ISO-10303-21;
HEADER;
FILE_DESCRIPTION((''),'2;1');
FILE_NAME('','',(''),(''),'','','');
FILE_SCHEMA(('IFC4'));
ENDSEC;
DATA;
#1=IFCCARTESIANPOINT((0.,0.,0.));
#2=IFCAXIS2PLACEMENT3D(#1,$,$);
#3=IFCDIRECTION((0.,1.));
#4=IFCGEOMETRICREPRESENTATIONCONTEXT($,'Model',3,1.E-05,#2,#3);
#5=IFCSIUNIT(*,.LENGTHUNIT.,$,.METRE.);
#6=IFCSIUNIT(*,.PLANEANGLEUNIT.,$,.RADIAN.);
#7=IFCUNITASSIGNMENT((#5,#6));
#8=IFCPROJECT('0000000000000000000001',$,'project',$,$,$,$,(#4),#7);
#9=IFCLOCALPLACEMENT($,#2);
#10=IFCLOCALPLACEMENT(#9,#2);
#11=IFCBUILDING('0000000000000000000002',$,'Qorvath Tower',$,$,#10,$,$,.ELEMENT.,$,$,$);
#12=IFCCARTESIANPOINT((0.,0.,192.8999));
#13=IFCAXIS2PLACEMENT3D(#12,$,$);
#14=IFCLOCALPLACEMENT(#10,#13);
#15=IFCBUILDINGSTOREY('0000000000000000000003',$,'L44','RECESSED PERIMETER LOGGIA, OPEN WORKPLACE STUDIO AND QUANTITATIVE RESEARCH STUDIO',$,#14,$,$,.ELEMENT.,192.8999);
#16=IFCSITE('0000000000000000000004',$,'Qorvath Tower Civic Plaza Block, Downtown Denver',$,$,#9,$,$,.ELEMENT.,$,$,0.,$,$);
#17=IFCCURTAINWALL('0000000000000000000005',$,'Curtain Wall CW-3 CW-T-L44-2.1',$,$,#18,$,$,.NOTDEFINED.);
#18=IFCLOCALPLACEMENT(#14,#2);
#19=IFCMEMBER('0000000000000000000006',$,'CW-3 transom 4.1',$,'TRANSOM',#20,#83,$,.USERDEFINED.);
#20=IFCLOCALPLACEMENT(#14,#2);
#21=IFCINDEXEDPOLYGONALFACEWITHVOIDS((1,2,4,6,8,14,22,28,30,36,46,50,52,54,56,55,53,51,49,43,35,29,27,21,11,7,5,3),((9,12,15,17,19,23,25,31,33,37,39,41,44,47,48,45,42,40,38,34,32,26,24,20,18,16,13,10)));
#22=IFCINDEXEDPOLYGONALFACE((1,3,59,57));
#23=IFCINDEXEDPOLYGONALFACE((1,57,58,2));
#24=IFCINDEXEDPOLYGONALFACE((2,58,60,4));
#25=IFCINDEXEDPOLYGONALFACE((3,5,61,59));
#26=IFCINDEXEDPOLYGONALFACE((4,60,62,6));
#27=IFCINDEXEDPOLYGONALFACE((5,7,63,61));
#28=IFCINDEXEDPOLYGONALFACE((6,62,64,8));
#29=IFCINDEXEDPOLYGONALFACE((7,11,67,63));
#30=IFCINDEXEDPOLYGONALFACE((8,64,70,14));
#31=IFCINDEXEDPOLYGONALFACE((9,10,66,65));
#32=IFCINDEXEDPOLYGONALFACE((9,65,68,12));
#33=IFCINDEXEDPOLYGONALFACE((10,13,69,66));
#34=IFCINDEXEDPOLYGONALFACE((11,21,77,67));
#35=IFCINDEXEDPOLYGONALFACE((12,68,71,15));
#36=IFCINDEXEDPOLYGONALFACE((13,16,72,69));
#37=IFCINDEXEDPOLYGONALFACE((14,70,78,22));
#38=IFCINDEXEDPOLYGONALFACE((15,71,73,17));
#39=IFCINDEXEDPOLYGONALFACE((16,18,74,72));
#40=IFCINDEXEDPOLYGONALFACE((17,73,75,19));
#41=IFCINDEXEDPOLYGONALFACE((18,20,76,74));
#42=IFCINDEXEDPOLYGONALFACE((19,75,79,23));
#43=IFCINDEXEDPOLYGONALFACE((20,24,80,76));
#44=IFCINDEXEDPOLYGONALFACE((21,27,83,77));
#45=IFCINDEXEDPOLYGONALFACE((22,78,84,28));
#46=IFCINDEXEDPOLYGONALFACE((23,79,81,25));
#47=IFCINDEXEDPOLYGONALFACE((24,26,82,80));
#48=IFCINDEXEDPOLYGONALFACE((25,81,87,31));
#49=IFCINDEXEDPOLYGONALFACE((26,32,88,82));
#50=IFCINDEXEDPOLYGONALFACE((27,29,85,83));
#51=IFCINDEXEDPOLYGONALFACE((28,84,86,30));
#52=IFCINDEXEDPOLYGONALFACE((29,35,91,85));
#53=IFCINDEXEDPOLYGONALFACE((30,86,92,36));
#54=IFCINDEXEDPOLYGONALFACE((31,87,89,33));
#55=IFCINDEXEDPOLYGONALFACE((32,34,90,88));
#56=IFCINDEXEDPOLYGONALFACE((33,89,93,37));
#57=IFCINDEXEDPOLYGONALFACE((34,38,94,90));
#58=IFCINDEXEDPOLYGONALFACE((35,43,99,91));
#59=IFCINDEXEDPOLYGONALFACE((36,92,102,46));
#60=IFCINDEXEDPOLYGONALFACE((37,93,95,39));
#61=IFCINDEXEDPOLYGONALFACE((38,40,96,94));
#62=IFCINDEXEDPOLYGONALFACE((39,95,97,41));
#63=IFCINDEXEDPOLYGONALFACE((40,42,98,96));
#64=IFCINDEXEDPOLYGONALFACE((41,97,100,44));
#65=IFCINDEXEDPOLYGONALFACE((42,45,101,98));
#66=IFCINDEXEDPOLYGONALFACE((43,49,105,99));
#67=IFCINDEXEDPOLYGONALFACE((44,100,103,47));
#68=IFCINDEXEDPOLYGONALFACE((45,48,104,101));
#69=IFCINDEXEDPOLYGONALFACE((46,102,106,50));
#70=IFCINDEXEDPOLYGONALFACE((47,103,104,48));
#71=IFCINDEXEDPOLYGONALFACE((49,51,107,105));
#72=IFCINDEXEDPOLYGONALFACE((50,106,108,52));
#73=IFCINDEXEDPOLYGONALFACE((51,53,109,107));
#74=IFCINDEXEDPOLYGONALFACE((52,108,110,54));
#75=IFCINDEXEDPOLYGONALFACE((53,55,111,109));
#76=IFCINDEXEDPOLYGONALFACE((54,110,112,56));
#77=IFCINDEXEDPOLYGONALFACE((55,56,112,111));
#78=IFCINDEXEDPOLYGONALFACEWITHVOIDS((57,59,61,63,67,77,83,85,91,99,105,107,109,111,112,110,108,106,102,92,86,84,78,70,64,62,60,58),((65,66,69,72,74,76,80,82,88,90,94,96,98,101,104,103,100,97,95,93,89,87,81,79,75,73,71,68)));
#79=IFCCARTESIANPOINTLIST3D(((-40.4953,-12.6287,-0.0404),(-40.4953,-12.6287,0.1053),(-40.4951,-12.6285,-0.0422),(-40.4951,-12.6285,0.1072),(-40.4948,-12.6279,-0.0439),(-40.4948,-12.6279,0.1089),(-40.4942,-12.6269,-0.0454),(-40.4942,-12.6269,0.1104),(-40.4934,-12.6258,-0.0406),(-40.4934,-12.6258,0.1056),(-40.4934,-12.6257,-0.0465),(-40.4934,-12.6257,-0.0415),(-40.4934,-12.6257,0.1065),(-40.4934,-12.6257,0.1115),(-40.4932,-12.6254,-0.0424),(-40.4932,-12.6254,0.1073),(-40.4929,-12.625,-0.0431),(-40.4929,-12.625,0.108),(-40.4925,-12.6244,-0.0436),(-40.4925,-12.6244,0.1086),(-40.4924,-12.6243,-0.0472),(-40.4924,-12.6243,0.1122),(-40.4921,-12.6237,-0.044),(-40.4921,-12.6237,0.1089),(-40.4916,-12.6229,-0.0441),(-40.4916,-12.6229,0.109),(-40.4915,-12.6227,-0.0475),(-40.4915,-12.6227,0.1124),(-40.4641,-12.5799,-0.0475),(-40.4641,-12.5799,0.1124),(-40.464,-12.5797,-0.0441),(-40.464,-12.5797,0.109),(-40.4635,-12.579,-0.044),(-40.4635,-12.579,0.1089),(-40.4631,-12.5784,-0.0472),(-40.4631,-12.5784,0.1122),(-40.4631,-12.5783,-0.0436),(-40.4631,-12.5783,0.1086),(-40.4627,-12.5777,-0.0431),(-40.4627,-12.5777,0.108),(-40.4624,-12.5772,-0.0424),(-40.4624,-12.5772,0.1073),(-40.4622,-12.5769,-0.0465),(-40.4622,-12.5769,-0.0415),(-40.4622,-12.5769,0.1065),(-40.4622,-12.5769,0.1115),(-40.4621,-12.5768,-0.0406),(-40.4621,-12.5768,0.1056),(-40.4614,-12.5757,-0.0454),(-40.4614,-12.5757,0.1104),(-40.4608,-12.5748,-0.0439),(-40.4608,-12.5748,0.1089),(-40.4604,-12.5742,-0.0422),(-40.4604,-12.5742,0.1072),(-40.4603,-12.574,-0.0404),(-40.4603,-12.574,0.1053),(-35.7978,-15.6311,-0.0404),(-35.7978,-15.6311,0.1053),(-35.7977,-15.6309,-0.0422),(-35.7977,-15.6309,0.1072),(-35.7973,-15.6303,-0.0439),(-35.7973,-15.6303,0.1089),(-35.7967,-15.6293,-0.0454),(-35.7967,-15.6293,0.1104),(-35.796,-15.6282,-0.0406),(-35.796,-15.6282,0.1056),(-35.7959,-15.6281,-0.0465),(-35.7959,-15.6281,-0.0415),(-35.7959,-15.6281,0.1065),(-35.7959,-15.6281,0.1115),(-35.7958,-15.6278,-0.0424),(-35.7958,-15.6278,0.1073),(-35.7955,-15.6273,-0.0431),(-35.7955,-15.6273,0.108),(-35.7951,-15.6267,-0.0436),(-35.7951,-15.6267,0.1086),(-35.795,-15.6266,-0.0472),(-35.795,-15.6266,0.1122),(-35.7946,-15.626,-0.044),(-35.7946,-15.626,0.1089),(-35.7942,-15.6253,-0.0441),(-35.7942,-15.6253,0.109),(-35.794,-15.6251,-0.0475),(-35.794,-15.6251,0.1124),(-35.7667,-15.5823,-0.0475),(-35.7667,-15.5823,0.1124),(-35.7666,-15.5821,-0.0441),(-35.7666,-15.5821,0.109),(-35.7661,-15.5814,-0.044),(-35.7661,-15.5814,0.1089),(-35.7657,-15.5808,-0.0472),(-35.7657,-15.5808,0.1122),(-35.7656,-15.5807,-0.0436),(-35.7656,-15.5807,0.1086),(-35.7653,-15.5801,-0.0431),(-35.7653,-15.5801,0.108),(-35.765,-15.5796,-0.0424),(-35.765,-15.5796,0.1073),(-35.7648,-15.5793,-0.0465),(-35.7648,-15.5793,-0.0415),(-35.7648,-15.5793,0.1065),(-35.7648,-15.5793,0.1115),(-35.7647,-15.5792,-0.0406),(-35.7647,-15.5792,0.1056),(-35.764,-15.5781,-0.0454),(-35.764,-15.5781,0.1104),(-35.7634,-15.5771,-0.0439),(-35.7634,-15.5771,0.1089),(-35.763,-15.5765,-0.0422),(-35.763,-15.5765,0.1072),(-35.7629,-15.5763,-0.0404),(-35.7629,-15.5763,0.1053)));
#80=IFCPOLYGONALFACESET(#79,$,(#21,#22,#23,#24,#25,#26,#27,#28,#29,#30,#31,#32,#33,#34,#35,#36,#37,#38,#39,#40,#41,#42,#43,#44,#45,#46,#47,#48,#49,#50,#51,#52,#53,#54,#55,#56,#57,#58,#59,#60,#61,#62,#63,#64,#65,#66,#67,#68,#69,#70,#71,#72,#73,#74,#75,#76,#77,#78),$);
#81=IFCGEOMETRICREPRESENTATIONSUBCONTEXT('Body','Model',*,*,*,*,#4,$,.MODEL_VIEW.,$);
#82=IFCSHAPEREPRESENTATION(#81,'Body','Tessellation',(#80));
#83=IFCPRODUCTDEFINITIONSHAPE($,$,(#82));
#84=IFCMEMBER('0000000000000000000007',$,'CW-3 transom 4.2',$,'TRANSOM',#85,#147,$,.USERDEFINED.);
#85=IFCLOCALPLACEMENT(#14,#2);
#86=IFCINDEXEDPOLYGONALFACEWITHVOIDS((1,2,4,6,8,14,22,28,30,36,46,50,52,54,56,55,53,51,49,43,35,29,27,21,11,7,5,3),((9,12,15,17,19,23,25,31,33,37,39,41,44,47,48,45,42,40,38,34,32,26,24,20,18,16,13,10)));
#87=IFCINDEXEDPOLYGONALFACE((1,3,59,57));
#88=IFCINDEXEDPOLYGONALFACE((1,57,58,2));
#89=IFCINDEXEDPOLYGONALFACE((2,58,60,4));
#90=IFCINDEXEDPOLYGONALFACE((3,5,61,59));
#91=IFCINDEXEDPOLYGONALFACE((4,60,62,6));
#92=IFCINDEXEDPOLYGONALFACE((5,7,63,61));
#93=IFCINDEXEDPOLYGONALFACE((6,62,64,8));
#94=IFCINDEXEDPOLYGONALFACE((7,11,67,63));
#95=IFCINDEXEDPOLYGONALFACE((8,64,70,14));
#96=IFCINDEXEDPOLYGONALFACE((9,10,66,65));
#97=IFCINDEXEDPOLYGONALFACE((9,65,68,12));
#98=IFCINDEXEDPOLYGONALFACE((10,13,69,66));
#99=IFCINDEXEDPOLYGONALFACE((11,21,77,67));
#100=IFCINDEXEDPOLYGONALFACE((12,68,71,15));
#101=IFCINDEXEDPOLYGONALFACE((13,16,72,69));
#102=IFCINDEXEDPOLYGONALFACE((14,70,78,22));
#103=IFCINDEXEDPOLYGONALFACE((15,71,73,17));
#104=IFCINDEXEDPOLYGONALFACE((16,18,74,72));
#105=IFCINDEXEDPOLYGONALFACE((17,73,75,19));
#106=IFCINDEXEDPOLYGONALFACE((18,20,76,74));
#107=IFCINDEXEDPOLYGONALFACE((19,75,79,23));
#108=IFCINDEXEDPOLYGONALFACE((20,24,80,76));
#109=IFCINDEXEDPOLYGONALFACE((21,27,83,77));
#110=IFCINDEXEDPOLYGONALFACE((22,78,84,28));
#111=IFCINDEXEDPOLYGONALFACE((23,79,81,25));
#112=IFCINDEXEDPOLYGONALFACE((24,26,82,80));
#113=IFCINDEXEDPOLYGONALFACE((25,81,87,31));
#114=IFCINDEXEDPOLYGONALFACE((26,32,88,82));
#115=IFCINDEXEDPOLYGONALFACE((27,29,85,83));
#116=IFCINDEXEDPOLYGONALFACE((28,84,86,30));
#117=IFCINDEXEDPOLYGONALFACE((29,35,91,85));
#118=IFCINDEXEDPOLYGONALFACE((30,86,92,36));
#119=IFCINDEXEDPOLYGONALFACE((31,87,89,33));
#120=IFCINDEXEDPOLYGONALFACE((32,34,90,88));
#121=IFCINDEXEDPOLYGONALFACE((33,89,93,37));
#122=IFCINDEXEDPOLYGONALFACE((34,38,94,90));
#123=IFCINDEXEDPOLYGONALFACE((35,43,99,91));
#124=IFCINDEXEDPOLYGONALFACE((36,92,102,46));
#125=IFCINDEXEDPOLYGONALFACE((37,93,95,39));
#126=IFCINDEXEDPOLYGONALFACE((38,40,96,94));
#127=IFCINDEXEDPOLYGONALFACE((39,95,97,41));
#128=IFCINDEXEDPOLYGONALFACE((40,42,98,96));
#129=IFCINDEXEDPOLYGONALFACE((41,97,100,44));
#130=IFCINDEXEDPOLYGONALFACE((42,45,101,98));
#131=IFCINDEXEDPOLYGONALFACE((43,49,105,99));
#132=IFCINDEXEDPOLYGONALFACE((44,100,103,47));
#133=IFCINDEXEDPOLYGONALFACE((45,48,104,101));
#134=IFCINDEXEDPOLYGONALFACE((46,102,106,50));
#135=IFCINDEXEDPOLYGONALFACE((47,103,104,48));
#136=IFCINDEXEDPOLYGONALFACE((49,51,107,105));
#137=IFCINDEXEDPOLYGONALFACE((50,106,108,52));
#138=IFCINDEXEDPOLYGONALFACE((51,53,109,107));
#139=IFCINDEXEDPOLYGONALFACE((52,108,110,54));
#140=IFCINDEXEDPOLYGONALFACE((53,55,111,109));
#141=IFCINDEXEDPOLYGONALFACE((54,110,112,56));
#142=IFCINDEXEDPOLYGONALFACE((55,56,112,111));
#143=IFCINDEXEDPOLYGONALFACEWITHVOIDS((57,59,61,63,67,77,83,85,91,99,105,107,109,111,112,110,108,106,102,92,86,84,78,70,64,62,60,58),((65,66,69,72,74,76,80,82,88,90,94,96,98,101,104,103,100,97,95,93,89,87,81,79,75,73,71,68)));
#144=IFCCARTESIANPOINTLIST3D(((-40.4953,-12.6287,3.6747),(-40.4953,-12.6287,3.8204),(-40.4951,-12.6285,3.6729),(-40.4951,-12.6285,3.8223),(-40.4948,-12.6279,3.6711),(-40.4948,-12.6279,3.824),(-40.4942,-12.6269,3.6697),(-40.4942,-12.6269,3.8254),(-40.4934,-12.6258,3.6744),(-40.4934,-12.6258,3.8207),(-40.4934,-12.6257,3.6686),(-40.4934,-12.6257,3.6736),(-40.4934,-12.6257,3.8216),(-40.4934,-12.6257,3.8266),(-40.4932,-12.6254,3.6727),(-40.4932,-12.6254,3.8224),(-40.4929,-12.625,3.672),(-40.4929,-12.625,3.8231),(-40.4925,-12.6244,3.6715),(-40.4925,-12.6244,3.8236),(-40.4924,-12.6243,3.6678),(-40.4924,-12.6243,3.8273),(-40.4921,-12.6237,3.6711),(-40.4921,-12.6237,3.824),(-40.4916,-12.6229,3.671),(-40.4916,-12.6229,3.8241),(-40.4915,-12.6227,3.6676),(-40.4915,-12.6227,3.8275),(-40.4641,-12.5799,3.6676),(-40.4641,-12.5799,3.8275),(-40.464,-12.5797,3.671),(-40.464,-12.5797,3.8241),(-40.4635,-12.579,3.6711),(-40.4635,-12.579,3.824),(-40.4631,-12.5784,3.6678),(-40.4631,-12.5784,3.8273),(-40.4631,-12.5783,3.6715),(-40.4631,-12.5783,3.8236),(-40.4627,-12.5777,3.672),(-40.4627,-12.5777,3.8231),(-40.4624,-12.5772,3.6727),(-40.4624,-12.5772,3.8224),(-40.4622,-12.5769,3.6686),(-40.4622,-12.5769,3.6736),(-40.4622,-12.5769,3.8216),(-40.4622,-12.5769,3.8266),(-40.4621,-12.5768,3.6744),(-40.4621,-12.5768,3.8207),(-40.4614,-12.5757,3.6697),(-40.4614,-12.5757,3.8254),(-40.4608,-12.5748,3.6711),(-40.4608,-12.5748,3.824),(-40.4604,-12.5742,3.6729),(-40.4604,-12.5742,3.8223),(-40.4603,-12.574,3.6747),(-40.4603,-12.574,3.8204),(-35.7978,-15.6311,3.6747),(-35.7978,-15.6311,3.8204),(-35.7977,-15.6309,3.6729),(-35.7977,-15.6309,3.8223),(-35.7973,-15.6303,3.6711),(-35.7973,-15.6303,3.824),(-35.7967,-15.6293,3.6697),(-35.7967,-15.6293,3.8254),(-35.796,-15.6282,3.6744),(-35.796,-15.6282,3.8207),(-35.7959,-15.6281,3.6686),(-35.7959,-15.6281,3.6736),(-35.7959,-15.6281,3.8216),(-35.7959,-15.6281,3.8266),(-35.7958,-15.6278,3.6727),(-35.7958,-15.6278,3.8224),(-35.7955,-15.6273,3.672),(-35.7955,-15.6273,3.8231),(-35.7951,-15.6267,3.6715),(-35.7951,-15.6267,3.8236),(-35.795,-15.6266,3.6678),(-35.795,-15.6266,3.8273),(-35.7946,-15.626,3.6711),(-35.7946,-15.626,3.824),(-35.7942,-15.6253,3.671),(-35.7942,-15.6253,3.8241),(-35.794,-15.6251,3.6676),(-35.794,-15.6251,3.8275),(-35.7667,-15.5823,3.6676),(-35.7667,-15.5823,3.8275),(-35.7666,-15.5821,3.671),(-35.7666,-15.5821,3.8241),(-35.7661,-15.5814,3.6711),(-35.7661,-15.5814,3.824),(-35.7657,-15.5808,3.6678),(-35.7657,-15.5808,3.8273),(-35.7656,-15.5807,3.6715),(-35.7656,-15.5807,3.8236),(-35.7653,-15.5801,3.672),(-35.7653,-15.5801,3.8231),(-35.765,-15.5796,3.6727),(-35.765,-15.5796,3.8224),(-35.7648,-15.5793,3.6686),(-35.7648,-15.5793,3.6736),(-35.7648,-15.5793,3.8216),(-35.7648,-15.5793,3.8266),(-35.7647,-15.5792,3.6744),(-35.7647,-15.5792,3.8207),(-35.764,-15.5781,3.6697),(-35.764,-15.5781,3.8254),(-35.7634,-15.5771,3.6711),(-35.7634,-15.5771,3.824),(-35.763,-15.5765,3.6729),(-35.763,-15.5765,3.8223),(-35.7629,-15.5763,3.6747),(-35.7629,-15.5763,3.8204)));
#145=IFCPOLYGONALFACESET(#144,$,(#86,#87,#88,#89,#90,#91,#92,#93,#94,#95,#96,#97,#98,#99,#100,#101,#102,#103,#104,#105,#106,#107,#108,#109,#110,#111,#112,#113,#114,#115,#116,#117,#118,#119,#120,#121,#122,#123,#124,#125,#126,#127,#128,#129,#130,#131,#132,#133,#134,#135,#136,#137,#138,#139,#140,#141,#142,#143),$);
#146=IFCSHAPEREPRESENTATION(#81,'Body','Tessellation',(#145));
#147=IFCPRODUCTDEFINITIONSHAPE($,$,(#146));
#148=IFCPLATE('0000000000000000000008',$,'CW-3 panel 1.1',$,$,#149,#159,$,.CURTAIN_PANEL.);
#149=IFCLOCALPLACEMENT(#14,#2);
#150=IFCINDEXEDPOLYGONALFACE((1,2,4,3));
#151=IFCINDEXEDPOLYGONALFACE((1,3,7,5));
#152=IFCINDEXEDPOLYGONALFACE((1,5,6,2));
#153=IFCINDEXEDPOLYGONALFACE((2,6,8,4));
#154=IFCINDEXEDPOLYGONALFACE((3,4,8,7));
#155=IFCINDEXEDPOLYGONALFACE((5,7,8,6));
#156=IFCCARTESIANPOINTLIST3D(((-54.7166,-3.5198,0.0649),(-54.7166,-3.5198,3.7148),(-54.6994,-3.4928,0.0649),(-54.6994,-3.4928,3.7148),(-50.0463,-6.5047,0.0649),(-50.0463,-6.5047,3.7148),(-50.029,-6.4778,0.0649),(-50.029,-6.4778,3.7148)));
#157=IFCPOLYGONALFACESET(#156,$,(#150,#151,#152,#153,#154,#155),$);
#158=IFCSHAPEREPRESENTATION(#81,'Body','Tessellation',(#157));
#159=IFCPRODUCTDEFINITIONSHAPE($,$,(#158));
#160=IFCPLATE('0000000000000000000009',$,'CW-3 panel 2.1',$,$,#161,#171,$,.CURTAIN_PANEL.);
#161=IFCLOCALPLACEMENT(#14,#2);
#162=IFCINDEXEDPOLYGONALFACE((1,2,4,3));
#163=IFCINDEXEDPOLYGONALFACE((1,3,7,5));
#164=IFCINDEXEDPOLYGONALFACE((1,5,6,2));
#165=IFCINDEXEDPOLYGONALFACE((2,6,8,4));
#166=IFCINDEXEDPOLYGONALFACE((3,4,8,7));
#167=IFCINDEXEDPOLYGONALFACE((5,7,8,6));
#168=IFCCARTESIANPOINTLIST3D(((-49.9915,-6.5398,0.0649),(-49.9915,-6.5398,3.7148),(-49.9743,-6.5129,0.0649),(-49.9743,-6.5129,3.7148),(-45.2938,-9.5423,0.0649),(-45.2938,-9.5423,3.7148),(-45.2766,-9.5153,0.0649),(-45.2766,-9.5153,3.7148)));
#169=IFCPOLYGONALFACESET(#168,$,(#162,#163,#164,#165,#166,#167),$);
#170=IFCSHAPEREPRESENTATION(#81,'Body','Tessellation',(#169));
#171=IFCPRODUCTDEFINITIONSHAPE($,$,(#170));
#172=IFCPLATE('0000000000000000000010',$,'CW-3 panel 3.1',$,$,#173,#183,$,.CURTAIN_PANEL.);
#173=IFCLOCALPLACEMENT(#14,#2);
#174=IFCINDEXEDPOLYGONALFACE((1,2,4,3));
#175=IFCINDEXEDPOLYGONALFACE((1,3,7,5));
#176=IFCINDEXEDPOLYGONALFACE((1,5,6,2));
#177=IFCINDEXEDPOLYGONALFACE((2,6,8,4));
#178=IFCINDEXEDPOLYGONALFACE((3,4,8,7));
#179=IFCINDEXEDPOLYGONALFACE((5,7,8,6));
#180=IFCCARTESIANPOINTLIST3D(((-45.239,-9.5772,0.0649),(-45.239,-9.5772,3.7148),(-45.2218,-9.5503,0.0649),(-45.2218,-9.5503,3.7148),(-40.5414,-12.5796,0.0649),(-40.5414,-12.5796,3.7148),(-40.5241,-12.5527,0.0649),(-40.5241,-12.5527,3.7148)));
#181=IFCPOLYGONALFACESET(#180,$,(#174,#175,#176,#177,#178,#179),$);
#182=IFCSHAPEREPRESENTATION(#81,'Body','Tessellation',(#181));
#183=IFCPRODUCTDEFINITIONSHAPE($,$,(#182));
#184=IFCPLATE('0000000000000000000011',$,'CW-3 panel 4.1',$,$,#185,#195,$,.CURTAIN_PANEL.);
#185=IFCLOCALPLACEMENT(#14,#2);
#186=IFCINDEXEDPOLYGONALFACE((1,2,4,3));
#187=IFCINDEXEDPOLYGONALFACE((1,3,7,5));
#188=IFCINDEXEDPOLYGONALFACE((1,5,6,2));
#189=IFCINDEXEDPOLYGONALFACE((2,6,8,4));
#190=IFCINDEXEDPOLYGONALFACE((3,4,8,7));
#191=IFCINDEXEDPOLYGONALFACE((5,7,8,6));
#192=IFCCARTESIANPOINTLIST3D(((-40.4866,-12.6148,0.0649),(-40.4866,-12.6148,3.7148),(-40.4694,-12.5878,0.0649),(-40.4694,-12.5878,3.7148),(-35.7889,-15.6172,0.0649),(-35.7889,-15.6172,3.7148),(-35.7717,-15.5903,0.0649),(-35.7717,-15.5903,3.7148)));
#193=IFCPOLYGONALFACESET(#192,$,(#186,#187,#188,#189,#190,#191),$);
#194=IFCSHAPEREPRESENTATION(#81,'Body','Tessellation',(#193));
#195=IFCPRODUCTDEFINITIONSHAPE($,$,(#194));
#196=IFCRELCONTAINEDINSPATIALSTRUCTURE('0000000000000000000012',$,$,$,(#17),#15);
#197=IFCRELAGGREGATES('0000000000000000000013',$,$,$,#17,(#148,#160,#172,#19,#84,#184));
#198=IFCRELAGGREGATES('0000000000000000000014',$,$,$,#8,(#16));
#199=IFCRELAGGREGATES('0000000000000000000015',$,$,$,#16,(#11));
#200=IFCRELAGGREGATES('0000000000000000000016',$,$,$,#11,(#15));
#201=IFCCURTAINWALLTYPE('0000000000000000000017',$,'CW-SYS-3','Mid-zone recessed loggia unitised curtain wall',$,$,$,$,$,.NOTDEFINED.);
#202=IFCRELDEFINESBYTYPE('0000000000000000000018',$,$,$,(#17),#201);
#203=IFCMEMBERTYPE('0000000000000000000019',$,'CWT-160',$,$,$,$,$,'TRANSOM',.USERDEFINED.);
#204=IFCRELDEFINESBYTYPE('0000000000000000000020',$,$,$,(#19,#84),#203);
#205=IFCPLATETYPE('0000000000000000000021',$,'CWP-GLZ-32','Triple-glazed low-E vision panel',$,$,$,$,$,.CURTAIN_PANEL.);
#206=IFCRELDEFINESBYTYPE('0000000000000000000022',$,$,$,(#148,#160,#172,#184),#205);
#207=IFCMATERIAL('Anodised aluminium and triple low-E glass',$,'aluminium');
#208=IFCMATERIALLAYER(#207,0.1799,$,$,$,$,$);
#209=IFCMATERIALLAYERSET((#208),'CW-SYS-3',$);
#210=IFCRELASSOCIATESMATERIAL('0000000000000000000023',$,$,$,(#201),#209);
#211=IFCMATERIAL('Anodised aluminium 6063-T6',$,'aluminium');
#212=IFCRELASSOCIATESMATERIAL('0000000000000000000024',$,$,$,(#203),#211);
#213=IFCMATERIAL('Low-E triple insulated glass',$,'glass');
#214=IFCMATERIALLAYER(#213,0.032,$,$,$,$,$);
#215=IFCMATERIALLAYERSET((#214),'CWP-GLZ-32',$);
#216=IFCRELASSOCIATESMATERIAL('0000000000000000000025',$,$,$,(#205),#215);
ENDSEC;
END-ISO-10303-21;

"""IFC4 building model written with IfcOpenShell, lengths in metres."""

from ifc_helpers import new_model, si_unit, direction, frame, origin, origin_2d, place, context, subcontext, project, spatial, rectangle, hollow_rectangle, extrude, material, layer, layer_set, material_profile, profile_set, type_object, element, aggregate, save


model = new_model("IFC4")

# Units and contexts
model_context = context("Model", 3, precision=1e-05, world=origin(), true_north=direction((0.0, 1.0)))
body_context = subcontext(model_context, "Body", "Model", "MODEL_VIEW")
ifc_project = project(units=[si_unit("LENGTHUNIT", "METRE"), si_unit("PLANEANGLEUNIT", "RADIAN")], contexts=[model_context])

# Site, building, storey
site_placement = place(None, origin())
site = spatial("IfcSite", under=ifc_project, at=site_placement, Name="Qorvath Tower Civic Plaza Block, Downtown Denver", CompositionType="ELEMENT", RefElevation=0.0)
building_placement = place(site_placement, origin())
building = spatial("IfcBuilding", under=site, at=building_placement, Name="Qorvath Tower", CompositionType="ELEMENT")
storey_placement = place(building_placement, frame((0.0, 0.0, 192.8999)))
storey = spatial("IfcBuildingStorey", under=building, at=storey_placement, Name="L44", Description="RECESSED PERIMETER LOGGIA, OPEN WORKPLACE STUDIO AND QUANTITATIVE RESEARCH STUDIO", CompositionType="ELEMENT", Elevation=192.8999)

# Curtain wall, members, plates
ifc_material_1 = material(Name="Anodised aluminium and triple low-E glass", Category="aluminium")
ifc_layer_1 = layer(ifc_material_1, 0.1799)
ifc_layer_set_1 = layer_set([ifc_layer_1], Name="CW-SYS-3")
curtain_wall_type = type_object("IfcCurtainWallType", Name="CW-SYS-3", Description="Mid-zone recessed loggia unitised curtain wall", PredefinedType="NOTDEFINED", material=ifc_layer_set_1)
curtain_wall_placement = place(storey_placement, origin())
curtain_wall = element("IfcCurtainWall", 1, at=curtain_wall_placement, inside=storey, type_object=curtain_wall_type, Name="Curtain Wall CW-3 CW-T-L44-2.1", PredefinedType="NOTDEFINED")
ifc_material_2 = material(Name="Anodised aluminium 6063-T6", Category="aluminium")
ifc_material_profile_1 = material_profile(ifc_material_2, hollow_rectangle(XDim=0.0649, YDim=0.1599, WallThickness=0.0034, InnerFilletRadius=0.0034, OuterFilletRadius=0.0071, at=origin_2d()), Name="CWT 160x65")
ifc_profile_set_1 = profile_set([ifc_material_profile_1], Name="Anodised aluminium 6063-T6")
member_type_1 = type_object("IfcMemberType", Name="CWT-160", ElementType="TRANSOM", PredefinedType="USERDEFINED", material=ifc_profile_set_1)
member_1_placement = place(storey_placement, frame((-40.4778, -12.6013, 0.0325), z_axis=(0.842594, -0.538549, 0.0), x_axis=(0.538549, 0.842594, 0.0)))
member_1 = element("IfcMember", 2, at=member_1_placement, type_object=member_type_1, Name="CW-3 transom 4.1", ObjectType="TRANSOM", PredefinedType="USERDEFINED", context=body_context, shape_type="SweptSolid", body=[
    extrude(hollow_rectangle(XDim=0.0649, YDim=0.1599, WallThickness=0.0034, InnerFilletRadius=0.0034, OuterFilletRadius=0.0071, at=origin_2d()), origin(), (0.0, 0.0, 1.0), 5.575),
])
member_2_placement = place(storey_placement, frame((-40.4778, -12.6013, 3.7476), z_axis=(0.842594, -0.538549, 0.0), x_axis=(0.538549, 0.842594, 0.0)))
member_2 = element("IfcMember", 3, at=member_2_placement, type_object=member_type_1, Name="CW-3 transom 4.2", ObjectType="TRANSOM", PredefinedType="USERDEFINED", context=body_context, shape_type="SweptSolid", body=[
    extrude(hollow_rectangle(XDim=0.0649, YDim=0.1599, WallThickness=0.0034, InnerFilletRadius=0.0034, OuterFilletRadius=0.0071, at=origin_2d()), origin(), (0.0, 0.0, 1.0), 5.575),
])
ifc_material_3 = material(Name="Low-E triple insulated glass", Category="glass")
ifc_layer_2 = layer(ifc_material_3, 0.032)
ifc_layer_set_2 = layer_set([ifc_layer_2], Name="CWP-GLZ-32")
plate_type = type_object("IfcPlateType", Name="CWP-GLZ-32", Description="Triple-glazed low-E vision panel", PredefinedType="CURTAIN_PANEL", material=ifc_layer_set_2)
plate_1_placement = place(storey_placement, frame((-52.3728, -4.9988, 0.0649), z_axis=(0.0, 0.0, 1.0), x_axis=(0.842604, -0.538534, 0.0)))
plate_1 = element("IfcPlate", 4, at=plate_1_placement, type_object=plate_type, Name="CW-3 panel 1.1", PredefinedType="CURTAIN_PANEL", context=body_context, shape_type="SweptSolid", body=[
    extrude(rectangle(XDim=5.5427, YDim=0.032, at=origin_2d()), origin(), (0.0, 0.0, 1.0), 3.6499),
])
plate_2_placement = place(storey_placement, frame((-47.634, -8.0276, 0.0649), z_axis=(0.0, 0.0, 1.0), x_axis=(0.842604, -0.538534, 0.0)))
plate_2 = element("IfcPlate", 5, at=plate_2_placement, type_object=plate_type, Name="CW-3 panel 2.1", PredefinedType="CURTAIN_PANEL", context=body_context, shape_type="SweptSolid", body=[
    extrude(rectangle(XDim=5.5752, YDim=0.032, at=origin_2d()), origin(), (0.0, 0.0, 1.0), 3.6499),
])
plate_3_placement = place(storey_placement, frame((-42.8816, -11.0649, 0.0649), z_axis=(0.0, 0.0, 1.0), x_axis=(0.842604, -0.538534, 0.0)))
plate_3 = element("IfcPlate", 6, at=plate_3_placement, type_object=plate_type, Name="CW-3 panel 3.1", PredefinedType="CURTAIN_PANEL", context=body_context, shape_type="SweptSolid", body=[
    extrude(rectangle(XDim=5.5752, YDim=0.032, at=origin_2d()), origin(), (0.0, 0.0, 1.0), 3.6499),
])
plate_4_placement = place(storey_placement, frame((-38.1292, -14.1025, 0.0649), z_axis=(0.0, 0.0, 1.0), x_axis=(0.842604, -0.538534, 0.0)))
plate_4 = element("IfcPlate", 7, at=plate_4_placement, type_object=plate_type, Name="CW-3 panel 4.1", PredefinedType="CURTAIN_PANEL", context=body_context, shape_type="SweptSolid", body=[
    extrude(rectangle(XDim=5.5752, YDim=0.032, at=origin_2d()), origin(), (0.0, 0.0, 1.0), 3.6499),
])
aggregate(curtain_wall, [plate_1, plate_2, plate_3, member_1, member_2, plate_4])

save(model, "model.ifc")
